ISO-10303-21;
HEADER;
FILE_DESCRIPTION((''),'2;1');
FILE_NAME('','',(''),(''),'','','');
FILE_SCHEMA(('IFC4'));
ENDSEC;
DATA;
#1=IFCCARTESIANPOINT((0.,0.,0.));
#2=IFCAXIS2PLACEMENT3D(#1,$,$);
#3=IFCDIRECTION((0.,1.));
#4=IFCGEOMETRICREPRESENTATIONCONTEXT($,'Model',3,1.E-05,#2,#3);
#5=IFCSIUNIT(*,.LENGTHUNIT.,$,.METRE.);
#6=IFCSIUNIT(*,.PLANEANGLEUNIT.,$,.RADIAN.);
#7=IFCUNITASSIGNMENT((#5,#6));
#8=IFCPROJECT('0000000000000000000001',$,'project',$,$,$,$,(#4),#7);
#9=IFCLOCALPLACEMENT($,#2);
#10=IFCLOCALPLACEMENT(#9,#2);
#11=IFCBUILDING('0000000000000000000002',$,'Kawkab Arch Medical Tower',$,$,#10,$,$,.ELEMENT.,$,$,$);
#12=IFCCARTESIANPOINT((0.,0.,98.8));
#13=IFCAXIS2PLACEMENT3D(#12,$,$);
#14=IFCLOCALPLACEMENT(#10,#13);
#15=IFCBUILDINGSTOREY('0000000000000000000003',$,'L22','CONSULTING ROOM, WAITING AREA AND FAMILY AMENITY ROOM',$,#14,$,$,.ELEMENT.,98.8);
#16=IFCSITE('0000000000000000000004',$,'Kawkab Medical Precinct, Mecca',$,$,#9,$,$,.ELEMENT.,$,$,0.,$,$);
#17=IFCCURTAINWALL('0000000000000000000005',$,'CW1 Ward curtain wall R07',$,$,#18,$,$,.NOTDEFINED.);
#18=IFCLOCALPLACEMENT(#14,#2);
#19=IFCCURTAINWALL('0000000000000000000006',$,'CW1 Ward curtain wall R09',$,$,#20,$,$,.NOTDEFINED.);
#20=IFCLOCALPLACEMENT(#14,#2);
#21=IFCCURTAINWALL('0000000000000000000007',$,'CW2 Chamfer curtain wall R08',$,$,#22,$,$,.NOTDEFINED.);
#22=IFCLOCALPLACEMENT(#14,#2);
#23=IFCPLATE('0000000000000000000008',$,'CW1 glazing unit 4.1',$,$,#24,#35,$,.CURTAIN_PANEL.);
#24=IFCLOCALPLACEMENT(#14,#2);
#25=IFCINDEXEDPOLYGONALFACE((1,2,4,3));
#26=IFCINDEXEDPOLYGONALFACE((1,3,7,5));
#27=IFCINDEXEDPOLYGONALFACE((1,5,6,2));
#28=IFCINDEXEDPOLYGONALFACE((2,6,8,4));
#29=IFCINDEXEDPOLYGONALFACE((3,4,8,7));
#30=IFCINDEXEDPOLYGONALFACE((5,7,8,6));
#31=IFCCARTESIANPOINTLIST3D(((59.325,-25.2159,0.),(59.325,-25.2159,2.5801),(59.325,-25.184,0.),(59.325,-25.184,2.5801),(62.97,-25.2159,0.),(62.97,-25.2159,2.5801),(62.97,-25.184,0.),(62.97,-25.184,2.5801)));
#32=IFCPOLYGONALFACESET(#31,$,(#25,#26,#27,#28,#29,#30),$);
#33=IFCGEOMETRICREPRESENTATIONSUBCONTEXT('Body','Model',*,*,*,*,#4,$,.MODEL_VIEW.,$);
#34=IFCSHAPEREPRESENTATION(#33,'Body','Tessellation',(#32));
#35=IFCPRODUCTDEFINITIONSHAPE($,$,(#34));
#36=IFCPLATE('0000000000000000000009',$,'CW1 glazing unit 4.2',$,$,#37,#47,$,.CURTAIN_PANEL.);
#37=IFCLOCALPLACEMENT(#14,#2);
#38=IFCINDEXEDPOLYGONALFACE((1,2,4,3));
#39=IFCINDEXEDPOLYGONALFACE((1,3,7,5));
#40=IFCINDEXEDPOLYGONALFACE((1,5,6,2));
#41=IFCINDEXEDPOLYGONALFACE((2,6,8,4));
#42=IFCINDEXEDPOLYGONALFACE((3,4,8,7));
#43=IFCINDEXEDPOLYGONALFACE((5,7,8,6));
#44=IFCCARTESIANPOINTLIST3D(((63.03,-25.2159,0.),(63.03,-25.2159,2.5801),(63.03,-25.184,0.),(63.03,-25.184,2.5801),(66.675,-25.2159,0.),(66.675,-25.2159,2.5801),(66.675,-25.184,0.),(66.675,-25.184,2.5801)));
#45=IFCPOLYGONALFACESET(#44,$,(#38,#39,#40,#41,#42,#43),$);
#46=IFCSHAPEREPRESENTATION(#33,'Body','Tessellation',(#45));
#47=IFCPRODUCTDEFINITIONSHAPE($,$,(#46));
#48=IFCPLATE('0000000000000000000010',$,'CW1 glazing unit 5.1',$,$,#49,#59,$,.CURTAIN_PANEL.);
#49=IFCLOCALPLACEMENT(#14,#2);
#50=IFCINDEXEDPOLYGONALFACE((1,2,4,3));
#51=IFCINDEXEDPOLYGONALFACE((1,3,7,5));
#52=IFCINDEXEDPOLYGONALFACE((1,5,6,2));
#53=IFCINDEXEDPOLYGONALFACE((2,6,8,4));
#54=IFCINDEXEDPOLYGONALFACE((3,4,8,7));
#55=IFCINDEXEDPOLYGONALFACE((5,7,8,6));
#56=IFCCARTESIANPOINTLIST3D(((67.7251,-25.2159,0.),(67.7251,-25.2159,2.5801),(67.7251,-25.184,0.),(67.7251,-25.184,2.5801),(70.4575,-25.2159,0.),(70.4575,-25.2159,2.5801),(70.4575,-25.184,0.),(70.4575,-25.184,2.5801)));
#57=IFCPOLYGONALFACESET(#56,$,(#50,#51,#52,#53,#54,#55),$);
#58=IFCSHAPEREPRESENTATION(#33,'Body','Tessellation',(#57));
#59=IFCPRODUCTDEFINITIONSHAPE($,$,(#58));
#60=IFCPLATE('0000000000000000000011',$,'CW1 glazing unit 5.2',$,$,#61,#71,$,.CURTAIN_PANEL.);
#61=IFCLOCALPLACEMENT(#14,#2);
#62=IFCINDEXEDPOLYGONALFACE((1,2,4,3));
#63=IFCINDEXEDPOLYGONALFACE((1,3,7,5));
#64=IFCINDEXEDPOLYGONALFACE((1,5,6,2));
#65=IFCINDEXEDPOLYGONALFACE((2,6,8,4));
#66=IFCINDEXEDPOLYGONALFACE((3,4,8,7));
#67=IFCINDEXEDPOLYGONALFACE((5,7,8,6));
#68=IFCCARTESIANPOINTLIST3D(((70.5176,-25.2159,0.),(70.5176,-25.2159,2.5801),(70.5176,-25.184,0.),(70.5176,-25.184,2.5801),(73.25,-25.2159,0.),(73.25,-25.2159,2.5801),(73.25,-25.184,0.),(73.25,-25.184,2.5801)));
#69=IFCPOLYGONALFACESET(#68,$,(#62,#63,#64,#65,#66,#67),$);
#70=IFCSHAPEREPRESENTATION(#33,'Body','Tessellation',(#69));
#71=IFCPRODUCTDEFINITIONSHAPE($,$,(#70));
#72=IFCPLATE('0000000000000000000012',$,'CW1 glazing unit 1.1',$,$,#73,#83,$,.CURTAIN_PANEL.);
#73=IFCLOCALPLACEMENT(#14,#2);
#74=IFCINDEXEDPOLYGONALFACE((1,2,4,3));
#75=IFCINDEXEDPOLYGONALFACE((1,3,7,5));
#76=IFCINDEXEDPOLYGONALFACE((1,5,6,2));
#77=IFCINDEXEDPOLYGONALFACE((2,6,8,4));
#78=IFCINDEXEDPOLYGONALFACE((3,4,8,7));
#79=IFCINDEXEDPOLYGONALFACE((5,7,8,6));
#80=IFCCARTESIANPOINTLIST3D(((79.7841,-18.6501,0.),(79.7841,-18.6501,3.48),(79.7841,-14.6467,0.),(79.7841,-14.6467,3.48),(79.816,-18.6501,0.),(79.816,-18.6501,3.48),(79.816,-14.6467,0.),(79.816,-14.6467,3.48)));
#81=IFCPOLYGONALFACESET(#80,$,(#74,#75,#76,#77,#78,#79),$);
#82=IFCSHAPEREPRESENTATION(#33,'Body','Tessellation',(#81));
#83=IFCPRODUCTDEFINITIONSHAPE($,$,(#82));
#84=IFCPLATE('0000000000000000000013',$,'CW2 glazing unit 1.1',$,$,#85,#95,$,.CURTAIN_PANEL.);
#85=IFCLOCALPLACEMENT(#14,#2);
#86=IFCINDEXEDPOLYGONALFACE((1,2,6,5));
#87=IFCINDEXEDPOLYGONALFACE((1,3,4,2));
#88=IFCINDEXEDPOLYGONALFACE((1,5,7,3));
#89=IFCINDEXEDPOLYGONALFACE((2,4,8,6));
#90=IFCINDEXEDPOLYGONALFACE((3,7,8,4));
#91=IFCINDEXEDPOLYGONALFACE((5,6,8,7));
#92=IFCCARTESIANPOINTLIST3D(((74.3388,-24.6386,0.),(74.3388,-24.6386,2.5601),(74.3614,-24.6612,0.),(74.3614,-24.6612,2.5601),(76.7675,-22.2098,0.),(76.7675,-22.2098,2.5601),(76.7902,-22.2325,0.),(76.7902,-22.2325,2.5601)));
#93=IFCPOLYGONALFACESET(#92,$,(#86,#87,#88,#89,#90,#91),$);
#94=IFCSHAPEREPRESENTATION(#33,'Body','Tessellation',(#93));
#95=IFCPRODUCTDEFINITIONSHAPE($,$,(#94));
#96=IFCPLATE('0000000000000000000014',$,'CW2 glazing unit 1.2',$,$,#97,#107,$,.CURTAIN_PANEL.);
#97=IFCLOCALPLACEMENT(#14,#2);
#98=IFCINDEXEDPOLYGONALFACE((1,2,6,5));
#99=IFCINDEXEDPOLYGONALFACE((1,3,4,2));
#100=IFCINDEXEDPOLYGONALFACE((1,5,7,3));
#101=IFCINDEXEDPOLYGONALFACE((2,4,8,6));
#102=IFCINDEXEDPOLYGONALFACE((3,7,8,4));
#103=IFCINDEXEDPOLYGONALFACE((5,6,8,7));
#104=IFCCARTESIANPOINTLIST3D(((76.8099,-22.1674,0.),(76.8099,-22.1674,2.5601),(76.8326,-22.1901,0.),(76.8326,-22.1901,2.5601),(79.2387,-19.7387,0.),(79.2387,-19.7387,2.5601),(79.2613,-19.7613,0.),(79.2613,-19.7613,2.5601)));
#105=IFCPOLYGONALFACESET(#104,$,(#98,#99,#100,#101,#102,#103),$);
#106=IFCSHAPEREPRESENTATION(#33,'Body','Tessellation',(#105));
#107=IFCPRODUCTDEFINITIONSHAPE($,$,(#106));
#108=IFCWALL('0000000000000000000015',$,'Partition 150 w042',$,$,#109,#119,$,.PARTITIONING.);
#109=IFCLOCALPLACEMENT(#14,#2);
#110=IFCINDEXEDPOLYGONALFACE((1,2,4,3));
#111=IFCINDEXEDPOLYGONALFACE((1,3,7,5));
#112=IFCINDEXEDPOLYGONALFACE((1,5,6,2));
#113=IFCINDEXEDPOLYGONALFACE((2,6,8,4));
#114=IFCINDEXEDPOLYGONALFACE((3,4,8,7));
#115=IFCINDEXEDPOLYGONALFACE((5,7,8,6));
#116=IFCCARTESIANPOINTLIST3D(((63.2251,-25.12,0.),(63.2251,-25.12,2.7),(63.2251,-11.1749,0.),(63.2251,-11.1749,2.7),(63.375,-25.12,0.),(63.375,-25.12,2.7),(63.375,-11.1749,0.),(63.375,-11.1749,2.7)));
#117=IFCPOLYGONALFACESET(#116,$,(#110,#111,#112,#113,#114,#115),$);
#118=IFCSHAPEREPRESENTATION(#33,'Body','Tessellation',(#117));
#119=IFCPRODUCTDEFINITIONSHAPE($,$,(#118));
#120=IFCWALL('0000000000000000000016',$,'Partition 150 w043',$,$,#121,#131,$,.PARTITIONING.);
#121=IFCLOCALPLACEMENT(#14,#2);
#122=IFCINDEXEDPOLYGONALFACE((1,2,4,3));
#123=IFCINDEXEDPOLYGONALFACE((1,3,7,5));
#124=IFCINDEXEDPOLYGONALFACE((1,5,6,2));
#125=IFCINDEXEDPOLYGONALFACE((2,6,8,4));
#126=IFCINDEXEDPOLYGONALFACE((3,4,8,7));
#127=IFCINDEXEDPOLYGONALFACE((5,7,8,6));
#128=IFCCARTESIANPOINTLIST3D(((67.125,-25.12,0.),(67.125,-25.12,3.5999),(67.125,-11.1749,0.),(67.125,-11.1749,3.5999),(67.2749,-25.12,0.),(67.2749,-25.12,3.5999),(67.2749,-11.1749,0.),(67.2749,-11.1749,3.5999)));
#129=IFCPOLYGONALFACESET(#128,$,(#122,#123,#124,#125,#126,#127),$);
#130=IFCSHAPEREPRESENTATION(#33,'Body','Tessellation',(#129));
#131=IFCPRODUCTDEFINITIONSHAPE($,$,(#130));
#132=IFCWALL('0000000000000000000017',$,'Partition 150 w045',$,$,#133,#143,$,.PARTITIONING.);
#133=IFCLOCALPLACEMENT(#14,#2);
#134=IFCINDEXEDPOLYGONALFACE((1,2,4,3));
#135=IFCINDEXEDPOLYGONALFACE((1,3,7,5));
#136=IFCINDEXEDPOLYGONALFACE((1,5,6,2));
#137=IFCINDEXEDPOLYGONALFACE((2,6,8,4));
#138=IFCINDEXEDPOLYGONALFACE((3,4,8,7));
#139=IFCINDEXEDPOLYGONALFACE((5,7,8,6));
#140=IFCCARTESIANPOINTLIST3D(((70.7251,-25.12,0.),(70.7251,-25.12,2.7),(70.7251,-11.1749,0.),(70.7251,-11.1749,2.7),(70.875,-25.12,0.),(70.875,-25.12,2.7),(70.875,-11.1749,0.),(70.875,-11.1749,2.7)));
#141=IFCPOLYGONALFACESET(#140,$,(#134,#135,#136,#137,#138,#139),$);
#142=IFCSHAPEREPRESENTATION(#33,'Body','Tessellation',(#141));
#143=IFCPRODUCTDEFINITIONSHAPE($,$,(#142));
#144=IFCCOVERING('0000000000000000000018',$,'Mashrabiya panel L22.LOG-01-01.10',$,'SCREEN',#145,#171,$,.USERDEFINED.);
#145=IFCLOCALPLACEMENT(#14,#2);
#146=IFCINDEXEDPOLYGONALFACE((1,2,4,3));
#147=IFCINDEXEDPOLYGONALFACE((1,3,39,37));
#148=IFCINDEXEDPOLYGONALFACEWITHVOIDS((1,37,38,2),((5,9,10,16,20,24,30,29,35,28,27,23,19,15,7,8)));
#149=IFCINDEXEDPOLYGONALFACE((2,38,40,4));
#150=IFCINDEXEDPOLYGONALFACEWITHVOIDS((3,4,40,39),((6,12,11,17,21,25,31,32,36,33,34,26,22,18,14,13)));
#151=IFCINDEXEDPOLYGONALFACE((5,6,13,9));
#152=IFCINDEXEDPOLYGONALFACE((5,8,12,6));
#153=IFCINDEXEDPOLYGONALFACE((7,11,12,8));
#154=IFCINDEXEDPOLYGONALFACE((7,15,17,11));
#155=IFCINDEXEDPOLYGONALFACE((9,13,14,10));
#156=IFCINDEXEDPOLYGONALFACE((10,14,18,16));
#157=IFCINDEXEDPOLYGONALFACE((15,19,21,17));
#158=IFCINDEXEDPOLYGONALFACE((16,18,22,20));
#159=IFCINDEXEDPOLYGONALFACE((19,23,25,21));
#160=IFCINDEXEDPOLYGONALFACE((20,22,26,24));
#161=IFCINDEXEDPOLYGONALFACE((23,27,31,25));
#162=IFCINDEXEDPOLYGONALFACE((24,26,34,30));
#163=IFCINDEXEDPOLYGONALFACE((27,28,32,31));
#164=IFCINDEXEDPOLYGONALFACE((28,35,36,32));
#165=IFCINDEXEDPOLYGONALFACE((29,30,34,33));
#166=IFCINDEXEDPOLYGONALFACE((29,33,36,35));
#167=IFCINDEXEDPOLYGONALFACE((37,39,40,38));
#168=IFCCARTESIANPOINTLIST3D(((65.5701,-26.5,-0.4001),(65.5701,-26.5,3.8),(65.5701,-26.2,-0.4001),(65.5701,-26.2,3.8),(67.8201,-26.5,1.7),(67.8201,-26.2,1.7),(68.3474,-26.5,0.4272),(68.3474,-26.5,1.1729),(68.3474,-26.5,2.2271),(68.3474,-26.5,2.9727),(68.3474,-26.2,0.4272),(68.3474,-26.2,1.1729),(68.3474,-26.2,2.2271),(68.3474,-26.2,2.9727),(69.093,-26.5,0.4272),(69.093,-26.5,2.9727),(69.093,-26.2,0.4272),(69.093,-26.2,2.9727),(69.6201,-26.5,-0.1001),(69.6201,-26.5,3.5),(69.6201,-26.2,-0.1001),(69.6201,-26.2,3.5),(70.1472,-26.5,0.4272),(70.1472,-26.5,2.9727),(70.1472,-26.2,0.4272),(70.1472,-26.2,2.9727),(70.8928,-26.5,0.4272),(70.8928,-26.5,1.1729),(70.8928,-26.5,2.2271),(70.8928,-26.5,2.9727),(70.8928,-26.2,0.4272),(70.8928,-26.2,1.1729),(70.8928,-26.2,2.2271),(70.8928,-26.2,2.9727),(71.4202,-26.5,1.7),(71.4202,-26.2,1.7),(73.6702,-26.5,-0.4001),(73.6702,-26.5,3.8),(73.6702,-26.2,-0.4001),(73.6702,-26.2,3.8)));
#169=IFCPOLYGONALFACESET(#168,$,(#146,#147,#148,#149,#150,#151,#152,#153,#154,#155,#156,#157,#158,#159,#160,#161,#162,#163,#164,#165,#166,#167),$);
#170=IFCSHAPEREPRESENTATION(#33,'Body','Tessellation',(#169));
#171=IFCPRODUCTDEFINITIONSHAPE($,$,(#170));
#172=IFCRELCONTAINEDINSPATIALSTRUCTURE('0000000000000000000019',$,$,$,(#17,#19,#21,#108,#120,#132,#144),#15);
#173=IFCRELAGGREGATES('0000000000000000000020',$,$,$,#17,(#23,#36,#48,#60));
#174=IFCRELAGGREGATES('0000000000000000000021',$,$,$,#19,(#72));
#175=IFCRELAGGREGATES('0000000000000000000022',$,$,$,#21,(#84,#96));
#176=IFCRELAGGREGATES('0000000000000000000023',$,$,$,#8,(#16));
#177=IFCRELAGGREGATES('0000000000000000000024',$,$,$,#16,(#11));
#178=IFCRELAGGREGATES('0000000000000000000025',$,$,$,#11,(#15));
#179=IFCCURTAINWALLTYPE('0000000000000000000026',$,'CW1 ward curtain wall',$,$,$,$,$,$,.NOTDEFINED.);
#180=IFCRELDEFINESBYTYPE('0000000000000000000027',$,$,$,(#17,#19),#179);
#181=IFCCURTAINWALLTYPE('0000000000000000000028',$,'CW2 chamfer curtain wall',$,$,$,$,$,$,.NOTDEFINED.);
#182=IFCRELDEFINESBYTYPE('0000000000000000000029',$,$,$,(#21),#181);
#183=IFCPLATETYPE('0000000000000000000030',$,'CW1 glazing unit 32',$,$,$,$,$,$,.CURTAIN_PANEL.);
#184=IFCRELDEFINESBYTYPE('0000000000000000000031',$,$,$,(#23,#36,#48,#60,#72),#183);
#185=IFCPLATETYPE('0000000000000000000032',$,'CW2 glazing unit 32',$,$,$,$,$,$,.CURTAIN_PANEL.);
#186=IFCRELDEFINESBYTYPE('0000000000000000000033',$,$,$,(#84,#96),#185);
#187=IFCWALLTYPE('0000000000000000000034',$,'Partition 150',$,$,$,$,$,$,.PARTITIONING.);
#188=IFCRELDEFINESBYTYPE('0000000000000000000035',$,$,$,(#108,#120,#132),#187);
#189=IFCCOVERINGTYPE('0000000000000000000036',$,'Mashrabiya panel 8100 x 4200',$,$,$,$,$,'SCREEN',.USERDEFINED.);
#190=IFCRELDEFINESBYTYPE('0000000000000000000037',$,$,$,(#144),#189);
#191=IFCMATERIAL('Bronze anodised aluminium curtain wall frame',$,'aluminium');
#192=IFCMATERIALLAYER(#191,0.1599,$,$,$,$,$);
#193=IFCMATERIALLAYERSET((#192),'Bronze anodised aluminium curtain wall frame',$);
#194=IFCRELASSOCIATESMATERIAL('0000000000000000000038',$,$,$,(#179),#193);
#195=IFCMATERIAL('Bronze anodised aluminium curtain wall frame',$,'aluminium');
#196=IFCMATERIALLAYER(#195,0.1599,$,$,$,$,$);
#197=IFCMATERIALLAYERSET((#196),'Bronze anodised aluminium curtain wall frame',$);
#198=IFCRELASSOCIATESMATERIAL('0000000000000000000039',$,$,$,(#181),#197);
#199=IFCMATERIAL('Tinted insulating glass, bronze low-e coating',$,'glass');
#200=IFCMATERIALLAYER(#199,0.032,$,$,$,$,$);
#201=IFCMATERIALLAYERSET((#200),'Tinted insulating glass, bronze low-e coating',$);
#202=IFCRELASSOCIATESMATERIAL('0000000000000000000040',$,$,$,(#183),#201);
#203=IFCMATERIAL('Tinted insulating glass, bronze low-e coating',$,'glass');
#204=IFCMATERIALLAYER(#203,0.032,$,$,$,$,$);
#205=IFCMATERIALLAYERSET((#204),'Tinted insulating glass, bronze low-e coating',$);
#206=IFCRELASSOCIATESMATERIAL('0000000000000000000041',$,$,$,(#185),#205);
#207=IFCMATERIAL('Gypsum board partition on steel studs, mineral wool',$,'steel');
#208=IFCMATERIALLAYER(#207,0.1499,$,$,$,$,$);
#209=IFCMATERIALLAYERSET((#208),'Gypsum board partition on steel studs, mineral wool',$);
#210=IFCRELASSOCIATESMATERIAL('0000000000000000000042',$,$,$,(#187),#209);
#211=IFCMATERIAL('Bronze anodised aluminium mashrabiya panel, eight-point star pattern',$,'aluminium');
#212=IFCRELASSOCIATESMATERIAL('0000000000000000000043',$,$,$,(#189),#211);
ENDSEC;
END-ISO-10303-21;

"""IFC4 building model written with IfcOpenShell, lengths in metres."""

from ifc_helpers import new_model, si_unit, direction, frame, frame_2d, origin, origin_2d, place, context, subcontext, project, spatial, polyline, rectangle, outline, extrude, material, layer, layer_set, material_profile, profile_set, type_object, element, aggregate, save


model = new_model("IFC4")

# Units and contexts
model_context = context("Model", 3, precision=1e-05, world=origin(), true_north=direction((0.0, 1.0)))
body_context = subcontext(model_context, "Body", "Model", "MODEL_VIEW")
ifc_project = project(units=[si_unit("LENGTHUNIT", "METRE"), si_unit("PLANEANGLEUNIT", "RADIAN")], contexts=[model_context])

# Site, building, storey
site_placement = place(None, origin())
site = spatial("IfcSite", under=ifc_project, at=site_placement, Name="Kawkab Medical Precinct, Mecca", CompositionType="ELEMENT", RefElevation=0.0)
building_placement = place(site_placement, origin())
building = spatial("IfcBuilding", under=site, at=building_placement, Name="Kawkab Arch Medical Tower", CompositionType="ELEMENT")
storey_placement = place(building_placement, frame((0.0, 0.0, 98.8)))
storey = spatial("IfcBuildingStorey", under=building, at=storey_placement, Name="L22", Description="CONSULTING ROOM, WAITING AREA AND FAMILY AMENITY ROOM", CompositionType="ELEMENT", Elevation=98.8)

# Curtain wall
ifc_material_1 = material(Name="Bronze anodised aluminium curtain wall frame", Category="aluminium")
ifc_layer_1 = layer(ifc_material_1, 0.1599)
ifc_layer_set_1 = layer_set([ifc_layer_1], Name="Bronze anodised aluminium curtain wall frame")
curtain_wall_type_1 = type_object("IfcCurtainWallType", Name="CW1 ward curtain wall", PredefinedType="NOTDEFINED", material=ifc_layer_set_1)
placement = place(storey_placement, origin())
curtain_wall_1 = element("IfcCurtainWall", 1, at=placement, inside=storey, type_object=curtain_wall_type_1, Name="CW1 Ward curtain wall R07", PredefinedType="NOTDEFINED")

# Curtain wall
curtain_wall_2 = element("IfcCurtainWall", 2, at=placement, inside=storey, type_object=curtain_wall_type_1, Name="CW1 Ward curtain wall R09", PredefinedType="NOTDEFINED")

# Curtain wall
ifc_material_2 = material(Name="Bronze anodised aluminium curtain wall frame", Category="aluminium")
ifc_layer_2 = layer(ifc_material_2, 0.1599)
ifc_layer_set_2 = layer_set([ifc_layer_2], Name="Bronze anodised aluminium curtain wall frame")
curtain_wall_type_2 = type_object("IfcCurtainWallType", Name="CW2 chamfer curtain wall", PredefinedType="NOTDEFINED", material=ifc_layer_set_2)
curtain_wall_3 = element("IfcCurtainWall", 3, at=placement, inside=storey, type_object=curtain_wall_type_2, Name="CW2 Chamfer curtain wall R08", PredefinedType="NOTDEFINED")

# Plates
ifc_material_3 = material(Name="Tinted insulating glass, bronze low-e coating", Category="glass")
ifc_layer_3 = layer(ifc_material_3, 0.032)
ifc_layer_set_3 = layer_set([ifc_layer_3], Name="Tinted insulating glass, bronze low-e coating")
plate_type_1 = type_object("IfcPlateType", Name="CW1 glazing unit 32", PredefinedType="CURTAIN_PANEL", material=ifc_layer_set_3)
plate_1_placement = place(storey_placement, frame((61.1475, -25.2, 0.0), z_axis=(0.0, 0.0, 1.0), x_axis=(1.0, 0.0, 0.0)))
plate_1 = element("IfcPlate", 4, at=plate_1_placement, type_object=plate_type_1, Name="CW1 glazing unit 4.1", PredefinedType="CURTAIN_PANEL", context=body_context, shape_type="SweptSolid", body=[
    extrude(rectangle(XDim=3.645, YDim=0.032, at=origin_2d()), origin(), (0.0, 0.0, 1.0), 2.5801),
])
plate_2_placement = place(storey_placement, frame((64.8525, -25.2, 0.0), z_axis=(0.0, 0.0, 1.0), x_axis=(1.0, 0.0, 0.0)))
plate_2 = element("IfcPlate", 5, at=plate_2_placement, type_object=plate_type_1, Name="CW1 glazing unit 4.2", PredefinedType="CURTAIN_PANEL", context=body_context, shape_type="SweptSolid", body=[
    extrude(rectangle(XDim=3.645, YDim=0.032, at=origin_2d()), origin(), (0.0, 0.0, 1.0), 2.5801),
])
plate_3_placement = place(storey_placement, frame((69.0913, -25.2, 0.0), z_axis=(0.0, 0.0, 1.0), x_axis=(1.0, 0.0, 0.0)))
plate_3 = element("IfcPlate", 6, at=plate_3_placement, type_object=plate_type_1, Name="CW1 glazing unit 5.1", PredefinedType="CURTAIN_PANEL", context=body_context, shape_type="SweptSolid", body=[
    extrude(rectangle(XDim=2.7324, YDim=0.032, at=origin_2d()), origin(), (0.0, 0.0, 1.0), 2.5801),
])
plate_4_placement = place(storey_placement, frame((71.8838, -25.2, 0.0), z_axis=(0.0, 0.0, 1.0), x_axis=(1.0, 0.0, 0.0)))
plate_4 = element("IfcPlate", 7, at=plate_4_placement, type_object=plate_type_1, Name="CW1 glazing unit 5.2", PredefinedType="CURTAIN_PANEL", context=body_context, shape_type="SweptSolid", body=[
    extrude(rectangle(XDim=2.7324, YDim=0.032, at=origin_2d()), origin(), (0.0, 0.0, 1.0), 2.5801),
])
aggregate(curtain_wall_1, [plate_1, plate_2, plate_3, plate_4])
plate_5_placement = place(storey_placement, frame((79.8, -16.6484, 0.0), z_axis=(0.0, 0.0, 1.0), x_axis=(0.0, 1.0, 0.0)))
plate_5 = element("IfcPlate", 8, at=plate_5_placement, type_object=plate_type_1, Name="CW1 glazing unit 1.1", PredefinedType="CURTAIN_PANEL", context=body_context, shape_type="SweptSolid", body=[
    extrude(rectangle(XDim=4.0034, YDim=0.032, at=origin_2d()), origin(), (0.0, 0.0, 1.0), 3.48),
])
aggregate(curtain_wall_2, [plate_5])
ifc_material_4 = material(Name="Tinted insulating glass, bronze low-e coating", Category="glass")
ifc_layer_4 = layer(ifc_material_4, 0.032)
ifc_layer_set_4 = layer_set([ifc_layer_4], Name="Tinted insulating glass, bronze low-e coating")
plate_type_2 = type_object("IfcPlateType", Name="CW2 glazing unit 32", PredefinedType="CURTAIN_PANEL", material=ifc_layer_set_4)
plate_6_placement = place(storey_placement, frame((75.5645, -23.4355, 0.0), z_axis=(0.0, 0.0, 1.0), x_axis=(0.707107, 0.707107, 0.0)))
plate_6 = element("IfcPlate", 9, at=plate_6_placement, type_object=plate_type_2, Name="CW2 glazing unit 1.1", PredefinedType="CURTAIN_PANEL", context=body_context, shape_type="SweptSolid", body=[
    extrude(rectangle(XDim=3.4348, YDim=0.032, at=origin_2d()), origin(), (0.0, 0.0, 1.0), 2.5601),
])
plate_7_placement = place(storey_placement, frame((78.0356, -20.9644, 0.0), z_axis=(0.0, 0.0, 1.0), x_axis=(0.707107, 0.707107, 0.0)))
plate_7 = element("IfcPlate", 10, at=plate_7_placement, type_object=plate_type_2, Name="CW2 glazing unit 1.2", PredefinedType="CURTAIN_PANEL", context=body_context, shape_type="SweptSolid", body=[
    extrude(rectangle(XDim=3.4348, YDim=0.032, at=origin_2d()), origin(), (0.0, 0.0, 1.0), 2.5601),
])
aggregate(curtain_wall_3, [plate_6, plate_7])

# Walls
ifc_material_5 = material(Name="Gypsum board partition on steel studs, mineral wool", Category="steel")
ifc_layer_5 = layer(ifc_material_5, 0.1499)
ifc_layer_set_5 = layer_set([ifc_layer_5], Name="Gypsum board partition on steel studs, mineral wool")
wall_type = type_object("IfcWallType", Name="Partition 150", PredefinedType="PARTITIONING", material=ifc_layer_set_5)
wall_1_placement = place(storey_placement, frame((63.3, -25.1201, 0.0), z_axis=(0.0, 0.0, 1.0), x_axis=(0.0, 1.0, 0.0)))
element("IfcWall", 11, at=wall_1_placement, inside=storey, type_object=wall_type, Name="Partition 150 w042", PredefinedType="PARTITIONING", context=body_context, shape_type="SweptSolid", body=[
    extrude(rectangle(XDim=13.9451, YDim=0.1499, at=frame_2d((6.9727, 0.0))), origin(), (0.0, 0.0, 1.0), 2.7),
])
wall_2_placement = place(storey_placement, frame((67.2, -25.1201, 0.0), z_axis=(0.0, 0.0, 1.0), x_axis=(0.0, 1.0, 0.0)))
element("IfcWall", 12, at=wall_2_placement, inside=storey, type_object=wall_type, Name="Partition 150 w043", PredefinedType="PARTITIONING", context=body_context, shape_type="SweptSolid", body=[
    extrude(rectangle(XDim=13.9451, YDim=0.1499, at=frame_2d((6.9727, 0.0))), origin(), (0.0, 0.0, 1.0), 3.5999),
])
wall_3_placement = place(storey_placement, frame((70.8, -25.1201, 0.0), z_axis=(0.0, 0.0, 1.0), x_axis=(0.0, 1.0, 0.0)))
element("IfcWall", 13, at=wall_3_placement, inside=storey, type_object=wall_type, Name="Partition 150 w045", PredefinedType="PARTITIONING", context=body_context, shape_type="SweptSolid", body=[
    extrude(rectangle(XDim=13.9451, YDim=0.1499, at=frame_2d((6.9727, 0.0))), origin(), (0.0, 0.0, 1.0), 2.7),
])

# Covering
ifc_material_6 = material(Name="Bronze anodised aluminium mashrabiya panel, eight-point star pattern", Category="aluminium")
ifc_material_profile_1 = material_profile(ifc_material_6, outline(polyline([(-4.05, -2.1001), (4.05, -2.1001), (4.05, 2.1001), (-4.05, 2.1001), (-4.05, -2.1001)]), holes=[polyline([(1.8, 0.0), (1.2727, 0.5271), (1.2727, 1.2727), (0.5271, 1.2727), (0.0, 1.8), (-0.5271, 1.2727), (-1.2727, 1.2727), (-1.2727, 0.5271), (-1.8, 0.0), (-1.2727, -0.5271), (-1.2727, -1.2727), (-0.5271, -1.2727), (0.0, -1.8), (0.5271, -1.2727), (1.2727, -1.2727), (1.2727, -0.5271), (1.8, 0.0)])]), Name="Mashrabiya panel 8100x4200")
ifc_profile_set_1 = profile_set([ifc_material_profile_1], Name="Bronze anodised aluminium mashrabiya panel, eight-point star pattern")
covering_type = type_object("IfcCoveringType", Name="Mashrabiya panel 8100 x 4200", ElementType="SCREEN", PredefinedType="USERDEFINED", material=ifc_profile_set_1)
covering_placement = place(storey_placement, frame((69.6201, -26.2, 1.7), z_axis=(0.0, -1.0, 0.0), x_axis=(1.0, 0.0, 0.0)))
element("IfcCovering", 14, at=covering_placement, inside=storey, type_object=covering_type, Name="Mashrabiya panel L22.LOG-01-01.10", ObjectType="SCREEN", PredefinedType="USERDEFINED", context=body_context, shape_type="SweptSolid", body=[
    extrude(outline(polyline([(-4.05, -2.1001), (4.05, -2.1001), (4.05, 2.1001), (-4.05, 2.1001), (-4.05, -2.1001)]), holes=[polyline([(1.8, 0.0), (1.2727, 0.5271), (1.2727, 1.2727), (0.5271, 1.2727), (0.0, 1.8), (-0.5271, 1.2727), (-1.2727, 1.2727), (-1.2727, 0.5271), (-1.8, 0.0), (-1.2727, -0.5271), (-1.2727, -1.2727), (-0.5271, -1.2727), (0.0, -1.8), (0.5271, -1.2727), (1.2727, -1.2727), (1.2727, -0.5271), (1.8, 0.0)])]), origin(), (0.0, 0.0, 1.0), 0.3),
])

save(model, "model.ifc")
